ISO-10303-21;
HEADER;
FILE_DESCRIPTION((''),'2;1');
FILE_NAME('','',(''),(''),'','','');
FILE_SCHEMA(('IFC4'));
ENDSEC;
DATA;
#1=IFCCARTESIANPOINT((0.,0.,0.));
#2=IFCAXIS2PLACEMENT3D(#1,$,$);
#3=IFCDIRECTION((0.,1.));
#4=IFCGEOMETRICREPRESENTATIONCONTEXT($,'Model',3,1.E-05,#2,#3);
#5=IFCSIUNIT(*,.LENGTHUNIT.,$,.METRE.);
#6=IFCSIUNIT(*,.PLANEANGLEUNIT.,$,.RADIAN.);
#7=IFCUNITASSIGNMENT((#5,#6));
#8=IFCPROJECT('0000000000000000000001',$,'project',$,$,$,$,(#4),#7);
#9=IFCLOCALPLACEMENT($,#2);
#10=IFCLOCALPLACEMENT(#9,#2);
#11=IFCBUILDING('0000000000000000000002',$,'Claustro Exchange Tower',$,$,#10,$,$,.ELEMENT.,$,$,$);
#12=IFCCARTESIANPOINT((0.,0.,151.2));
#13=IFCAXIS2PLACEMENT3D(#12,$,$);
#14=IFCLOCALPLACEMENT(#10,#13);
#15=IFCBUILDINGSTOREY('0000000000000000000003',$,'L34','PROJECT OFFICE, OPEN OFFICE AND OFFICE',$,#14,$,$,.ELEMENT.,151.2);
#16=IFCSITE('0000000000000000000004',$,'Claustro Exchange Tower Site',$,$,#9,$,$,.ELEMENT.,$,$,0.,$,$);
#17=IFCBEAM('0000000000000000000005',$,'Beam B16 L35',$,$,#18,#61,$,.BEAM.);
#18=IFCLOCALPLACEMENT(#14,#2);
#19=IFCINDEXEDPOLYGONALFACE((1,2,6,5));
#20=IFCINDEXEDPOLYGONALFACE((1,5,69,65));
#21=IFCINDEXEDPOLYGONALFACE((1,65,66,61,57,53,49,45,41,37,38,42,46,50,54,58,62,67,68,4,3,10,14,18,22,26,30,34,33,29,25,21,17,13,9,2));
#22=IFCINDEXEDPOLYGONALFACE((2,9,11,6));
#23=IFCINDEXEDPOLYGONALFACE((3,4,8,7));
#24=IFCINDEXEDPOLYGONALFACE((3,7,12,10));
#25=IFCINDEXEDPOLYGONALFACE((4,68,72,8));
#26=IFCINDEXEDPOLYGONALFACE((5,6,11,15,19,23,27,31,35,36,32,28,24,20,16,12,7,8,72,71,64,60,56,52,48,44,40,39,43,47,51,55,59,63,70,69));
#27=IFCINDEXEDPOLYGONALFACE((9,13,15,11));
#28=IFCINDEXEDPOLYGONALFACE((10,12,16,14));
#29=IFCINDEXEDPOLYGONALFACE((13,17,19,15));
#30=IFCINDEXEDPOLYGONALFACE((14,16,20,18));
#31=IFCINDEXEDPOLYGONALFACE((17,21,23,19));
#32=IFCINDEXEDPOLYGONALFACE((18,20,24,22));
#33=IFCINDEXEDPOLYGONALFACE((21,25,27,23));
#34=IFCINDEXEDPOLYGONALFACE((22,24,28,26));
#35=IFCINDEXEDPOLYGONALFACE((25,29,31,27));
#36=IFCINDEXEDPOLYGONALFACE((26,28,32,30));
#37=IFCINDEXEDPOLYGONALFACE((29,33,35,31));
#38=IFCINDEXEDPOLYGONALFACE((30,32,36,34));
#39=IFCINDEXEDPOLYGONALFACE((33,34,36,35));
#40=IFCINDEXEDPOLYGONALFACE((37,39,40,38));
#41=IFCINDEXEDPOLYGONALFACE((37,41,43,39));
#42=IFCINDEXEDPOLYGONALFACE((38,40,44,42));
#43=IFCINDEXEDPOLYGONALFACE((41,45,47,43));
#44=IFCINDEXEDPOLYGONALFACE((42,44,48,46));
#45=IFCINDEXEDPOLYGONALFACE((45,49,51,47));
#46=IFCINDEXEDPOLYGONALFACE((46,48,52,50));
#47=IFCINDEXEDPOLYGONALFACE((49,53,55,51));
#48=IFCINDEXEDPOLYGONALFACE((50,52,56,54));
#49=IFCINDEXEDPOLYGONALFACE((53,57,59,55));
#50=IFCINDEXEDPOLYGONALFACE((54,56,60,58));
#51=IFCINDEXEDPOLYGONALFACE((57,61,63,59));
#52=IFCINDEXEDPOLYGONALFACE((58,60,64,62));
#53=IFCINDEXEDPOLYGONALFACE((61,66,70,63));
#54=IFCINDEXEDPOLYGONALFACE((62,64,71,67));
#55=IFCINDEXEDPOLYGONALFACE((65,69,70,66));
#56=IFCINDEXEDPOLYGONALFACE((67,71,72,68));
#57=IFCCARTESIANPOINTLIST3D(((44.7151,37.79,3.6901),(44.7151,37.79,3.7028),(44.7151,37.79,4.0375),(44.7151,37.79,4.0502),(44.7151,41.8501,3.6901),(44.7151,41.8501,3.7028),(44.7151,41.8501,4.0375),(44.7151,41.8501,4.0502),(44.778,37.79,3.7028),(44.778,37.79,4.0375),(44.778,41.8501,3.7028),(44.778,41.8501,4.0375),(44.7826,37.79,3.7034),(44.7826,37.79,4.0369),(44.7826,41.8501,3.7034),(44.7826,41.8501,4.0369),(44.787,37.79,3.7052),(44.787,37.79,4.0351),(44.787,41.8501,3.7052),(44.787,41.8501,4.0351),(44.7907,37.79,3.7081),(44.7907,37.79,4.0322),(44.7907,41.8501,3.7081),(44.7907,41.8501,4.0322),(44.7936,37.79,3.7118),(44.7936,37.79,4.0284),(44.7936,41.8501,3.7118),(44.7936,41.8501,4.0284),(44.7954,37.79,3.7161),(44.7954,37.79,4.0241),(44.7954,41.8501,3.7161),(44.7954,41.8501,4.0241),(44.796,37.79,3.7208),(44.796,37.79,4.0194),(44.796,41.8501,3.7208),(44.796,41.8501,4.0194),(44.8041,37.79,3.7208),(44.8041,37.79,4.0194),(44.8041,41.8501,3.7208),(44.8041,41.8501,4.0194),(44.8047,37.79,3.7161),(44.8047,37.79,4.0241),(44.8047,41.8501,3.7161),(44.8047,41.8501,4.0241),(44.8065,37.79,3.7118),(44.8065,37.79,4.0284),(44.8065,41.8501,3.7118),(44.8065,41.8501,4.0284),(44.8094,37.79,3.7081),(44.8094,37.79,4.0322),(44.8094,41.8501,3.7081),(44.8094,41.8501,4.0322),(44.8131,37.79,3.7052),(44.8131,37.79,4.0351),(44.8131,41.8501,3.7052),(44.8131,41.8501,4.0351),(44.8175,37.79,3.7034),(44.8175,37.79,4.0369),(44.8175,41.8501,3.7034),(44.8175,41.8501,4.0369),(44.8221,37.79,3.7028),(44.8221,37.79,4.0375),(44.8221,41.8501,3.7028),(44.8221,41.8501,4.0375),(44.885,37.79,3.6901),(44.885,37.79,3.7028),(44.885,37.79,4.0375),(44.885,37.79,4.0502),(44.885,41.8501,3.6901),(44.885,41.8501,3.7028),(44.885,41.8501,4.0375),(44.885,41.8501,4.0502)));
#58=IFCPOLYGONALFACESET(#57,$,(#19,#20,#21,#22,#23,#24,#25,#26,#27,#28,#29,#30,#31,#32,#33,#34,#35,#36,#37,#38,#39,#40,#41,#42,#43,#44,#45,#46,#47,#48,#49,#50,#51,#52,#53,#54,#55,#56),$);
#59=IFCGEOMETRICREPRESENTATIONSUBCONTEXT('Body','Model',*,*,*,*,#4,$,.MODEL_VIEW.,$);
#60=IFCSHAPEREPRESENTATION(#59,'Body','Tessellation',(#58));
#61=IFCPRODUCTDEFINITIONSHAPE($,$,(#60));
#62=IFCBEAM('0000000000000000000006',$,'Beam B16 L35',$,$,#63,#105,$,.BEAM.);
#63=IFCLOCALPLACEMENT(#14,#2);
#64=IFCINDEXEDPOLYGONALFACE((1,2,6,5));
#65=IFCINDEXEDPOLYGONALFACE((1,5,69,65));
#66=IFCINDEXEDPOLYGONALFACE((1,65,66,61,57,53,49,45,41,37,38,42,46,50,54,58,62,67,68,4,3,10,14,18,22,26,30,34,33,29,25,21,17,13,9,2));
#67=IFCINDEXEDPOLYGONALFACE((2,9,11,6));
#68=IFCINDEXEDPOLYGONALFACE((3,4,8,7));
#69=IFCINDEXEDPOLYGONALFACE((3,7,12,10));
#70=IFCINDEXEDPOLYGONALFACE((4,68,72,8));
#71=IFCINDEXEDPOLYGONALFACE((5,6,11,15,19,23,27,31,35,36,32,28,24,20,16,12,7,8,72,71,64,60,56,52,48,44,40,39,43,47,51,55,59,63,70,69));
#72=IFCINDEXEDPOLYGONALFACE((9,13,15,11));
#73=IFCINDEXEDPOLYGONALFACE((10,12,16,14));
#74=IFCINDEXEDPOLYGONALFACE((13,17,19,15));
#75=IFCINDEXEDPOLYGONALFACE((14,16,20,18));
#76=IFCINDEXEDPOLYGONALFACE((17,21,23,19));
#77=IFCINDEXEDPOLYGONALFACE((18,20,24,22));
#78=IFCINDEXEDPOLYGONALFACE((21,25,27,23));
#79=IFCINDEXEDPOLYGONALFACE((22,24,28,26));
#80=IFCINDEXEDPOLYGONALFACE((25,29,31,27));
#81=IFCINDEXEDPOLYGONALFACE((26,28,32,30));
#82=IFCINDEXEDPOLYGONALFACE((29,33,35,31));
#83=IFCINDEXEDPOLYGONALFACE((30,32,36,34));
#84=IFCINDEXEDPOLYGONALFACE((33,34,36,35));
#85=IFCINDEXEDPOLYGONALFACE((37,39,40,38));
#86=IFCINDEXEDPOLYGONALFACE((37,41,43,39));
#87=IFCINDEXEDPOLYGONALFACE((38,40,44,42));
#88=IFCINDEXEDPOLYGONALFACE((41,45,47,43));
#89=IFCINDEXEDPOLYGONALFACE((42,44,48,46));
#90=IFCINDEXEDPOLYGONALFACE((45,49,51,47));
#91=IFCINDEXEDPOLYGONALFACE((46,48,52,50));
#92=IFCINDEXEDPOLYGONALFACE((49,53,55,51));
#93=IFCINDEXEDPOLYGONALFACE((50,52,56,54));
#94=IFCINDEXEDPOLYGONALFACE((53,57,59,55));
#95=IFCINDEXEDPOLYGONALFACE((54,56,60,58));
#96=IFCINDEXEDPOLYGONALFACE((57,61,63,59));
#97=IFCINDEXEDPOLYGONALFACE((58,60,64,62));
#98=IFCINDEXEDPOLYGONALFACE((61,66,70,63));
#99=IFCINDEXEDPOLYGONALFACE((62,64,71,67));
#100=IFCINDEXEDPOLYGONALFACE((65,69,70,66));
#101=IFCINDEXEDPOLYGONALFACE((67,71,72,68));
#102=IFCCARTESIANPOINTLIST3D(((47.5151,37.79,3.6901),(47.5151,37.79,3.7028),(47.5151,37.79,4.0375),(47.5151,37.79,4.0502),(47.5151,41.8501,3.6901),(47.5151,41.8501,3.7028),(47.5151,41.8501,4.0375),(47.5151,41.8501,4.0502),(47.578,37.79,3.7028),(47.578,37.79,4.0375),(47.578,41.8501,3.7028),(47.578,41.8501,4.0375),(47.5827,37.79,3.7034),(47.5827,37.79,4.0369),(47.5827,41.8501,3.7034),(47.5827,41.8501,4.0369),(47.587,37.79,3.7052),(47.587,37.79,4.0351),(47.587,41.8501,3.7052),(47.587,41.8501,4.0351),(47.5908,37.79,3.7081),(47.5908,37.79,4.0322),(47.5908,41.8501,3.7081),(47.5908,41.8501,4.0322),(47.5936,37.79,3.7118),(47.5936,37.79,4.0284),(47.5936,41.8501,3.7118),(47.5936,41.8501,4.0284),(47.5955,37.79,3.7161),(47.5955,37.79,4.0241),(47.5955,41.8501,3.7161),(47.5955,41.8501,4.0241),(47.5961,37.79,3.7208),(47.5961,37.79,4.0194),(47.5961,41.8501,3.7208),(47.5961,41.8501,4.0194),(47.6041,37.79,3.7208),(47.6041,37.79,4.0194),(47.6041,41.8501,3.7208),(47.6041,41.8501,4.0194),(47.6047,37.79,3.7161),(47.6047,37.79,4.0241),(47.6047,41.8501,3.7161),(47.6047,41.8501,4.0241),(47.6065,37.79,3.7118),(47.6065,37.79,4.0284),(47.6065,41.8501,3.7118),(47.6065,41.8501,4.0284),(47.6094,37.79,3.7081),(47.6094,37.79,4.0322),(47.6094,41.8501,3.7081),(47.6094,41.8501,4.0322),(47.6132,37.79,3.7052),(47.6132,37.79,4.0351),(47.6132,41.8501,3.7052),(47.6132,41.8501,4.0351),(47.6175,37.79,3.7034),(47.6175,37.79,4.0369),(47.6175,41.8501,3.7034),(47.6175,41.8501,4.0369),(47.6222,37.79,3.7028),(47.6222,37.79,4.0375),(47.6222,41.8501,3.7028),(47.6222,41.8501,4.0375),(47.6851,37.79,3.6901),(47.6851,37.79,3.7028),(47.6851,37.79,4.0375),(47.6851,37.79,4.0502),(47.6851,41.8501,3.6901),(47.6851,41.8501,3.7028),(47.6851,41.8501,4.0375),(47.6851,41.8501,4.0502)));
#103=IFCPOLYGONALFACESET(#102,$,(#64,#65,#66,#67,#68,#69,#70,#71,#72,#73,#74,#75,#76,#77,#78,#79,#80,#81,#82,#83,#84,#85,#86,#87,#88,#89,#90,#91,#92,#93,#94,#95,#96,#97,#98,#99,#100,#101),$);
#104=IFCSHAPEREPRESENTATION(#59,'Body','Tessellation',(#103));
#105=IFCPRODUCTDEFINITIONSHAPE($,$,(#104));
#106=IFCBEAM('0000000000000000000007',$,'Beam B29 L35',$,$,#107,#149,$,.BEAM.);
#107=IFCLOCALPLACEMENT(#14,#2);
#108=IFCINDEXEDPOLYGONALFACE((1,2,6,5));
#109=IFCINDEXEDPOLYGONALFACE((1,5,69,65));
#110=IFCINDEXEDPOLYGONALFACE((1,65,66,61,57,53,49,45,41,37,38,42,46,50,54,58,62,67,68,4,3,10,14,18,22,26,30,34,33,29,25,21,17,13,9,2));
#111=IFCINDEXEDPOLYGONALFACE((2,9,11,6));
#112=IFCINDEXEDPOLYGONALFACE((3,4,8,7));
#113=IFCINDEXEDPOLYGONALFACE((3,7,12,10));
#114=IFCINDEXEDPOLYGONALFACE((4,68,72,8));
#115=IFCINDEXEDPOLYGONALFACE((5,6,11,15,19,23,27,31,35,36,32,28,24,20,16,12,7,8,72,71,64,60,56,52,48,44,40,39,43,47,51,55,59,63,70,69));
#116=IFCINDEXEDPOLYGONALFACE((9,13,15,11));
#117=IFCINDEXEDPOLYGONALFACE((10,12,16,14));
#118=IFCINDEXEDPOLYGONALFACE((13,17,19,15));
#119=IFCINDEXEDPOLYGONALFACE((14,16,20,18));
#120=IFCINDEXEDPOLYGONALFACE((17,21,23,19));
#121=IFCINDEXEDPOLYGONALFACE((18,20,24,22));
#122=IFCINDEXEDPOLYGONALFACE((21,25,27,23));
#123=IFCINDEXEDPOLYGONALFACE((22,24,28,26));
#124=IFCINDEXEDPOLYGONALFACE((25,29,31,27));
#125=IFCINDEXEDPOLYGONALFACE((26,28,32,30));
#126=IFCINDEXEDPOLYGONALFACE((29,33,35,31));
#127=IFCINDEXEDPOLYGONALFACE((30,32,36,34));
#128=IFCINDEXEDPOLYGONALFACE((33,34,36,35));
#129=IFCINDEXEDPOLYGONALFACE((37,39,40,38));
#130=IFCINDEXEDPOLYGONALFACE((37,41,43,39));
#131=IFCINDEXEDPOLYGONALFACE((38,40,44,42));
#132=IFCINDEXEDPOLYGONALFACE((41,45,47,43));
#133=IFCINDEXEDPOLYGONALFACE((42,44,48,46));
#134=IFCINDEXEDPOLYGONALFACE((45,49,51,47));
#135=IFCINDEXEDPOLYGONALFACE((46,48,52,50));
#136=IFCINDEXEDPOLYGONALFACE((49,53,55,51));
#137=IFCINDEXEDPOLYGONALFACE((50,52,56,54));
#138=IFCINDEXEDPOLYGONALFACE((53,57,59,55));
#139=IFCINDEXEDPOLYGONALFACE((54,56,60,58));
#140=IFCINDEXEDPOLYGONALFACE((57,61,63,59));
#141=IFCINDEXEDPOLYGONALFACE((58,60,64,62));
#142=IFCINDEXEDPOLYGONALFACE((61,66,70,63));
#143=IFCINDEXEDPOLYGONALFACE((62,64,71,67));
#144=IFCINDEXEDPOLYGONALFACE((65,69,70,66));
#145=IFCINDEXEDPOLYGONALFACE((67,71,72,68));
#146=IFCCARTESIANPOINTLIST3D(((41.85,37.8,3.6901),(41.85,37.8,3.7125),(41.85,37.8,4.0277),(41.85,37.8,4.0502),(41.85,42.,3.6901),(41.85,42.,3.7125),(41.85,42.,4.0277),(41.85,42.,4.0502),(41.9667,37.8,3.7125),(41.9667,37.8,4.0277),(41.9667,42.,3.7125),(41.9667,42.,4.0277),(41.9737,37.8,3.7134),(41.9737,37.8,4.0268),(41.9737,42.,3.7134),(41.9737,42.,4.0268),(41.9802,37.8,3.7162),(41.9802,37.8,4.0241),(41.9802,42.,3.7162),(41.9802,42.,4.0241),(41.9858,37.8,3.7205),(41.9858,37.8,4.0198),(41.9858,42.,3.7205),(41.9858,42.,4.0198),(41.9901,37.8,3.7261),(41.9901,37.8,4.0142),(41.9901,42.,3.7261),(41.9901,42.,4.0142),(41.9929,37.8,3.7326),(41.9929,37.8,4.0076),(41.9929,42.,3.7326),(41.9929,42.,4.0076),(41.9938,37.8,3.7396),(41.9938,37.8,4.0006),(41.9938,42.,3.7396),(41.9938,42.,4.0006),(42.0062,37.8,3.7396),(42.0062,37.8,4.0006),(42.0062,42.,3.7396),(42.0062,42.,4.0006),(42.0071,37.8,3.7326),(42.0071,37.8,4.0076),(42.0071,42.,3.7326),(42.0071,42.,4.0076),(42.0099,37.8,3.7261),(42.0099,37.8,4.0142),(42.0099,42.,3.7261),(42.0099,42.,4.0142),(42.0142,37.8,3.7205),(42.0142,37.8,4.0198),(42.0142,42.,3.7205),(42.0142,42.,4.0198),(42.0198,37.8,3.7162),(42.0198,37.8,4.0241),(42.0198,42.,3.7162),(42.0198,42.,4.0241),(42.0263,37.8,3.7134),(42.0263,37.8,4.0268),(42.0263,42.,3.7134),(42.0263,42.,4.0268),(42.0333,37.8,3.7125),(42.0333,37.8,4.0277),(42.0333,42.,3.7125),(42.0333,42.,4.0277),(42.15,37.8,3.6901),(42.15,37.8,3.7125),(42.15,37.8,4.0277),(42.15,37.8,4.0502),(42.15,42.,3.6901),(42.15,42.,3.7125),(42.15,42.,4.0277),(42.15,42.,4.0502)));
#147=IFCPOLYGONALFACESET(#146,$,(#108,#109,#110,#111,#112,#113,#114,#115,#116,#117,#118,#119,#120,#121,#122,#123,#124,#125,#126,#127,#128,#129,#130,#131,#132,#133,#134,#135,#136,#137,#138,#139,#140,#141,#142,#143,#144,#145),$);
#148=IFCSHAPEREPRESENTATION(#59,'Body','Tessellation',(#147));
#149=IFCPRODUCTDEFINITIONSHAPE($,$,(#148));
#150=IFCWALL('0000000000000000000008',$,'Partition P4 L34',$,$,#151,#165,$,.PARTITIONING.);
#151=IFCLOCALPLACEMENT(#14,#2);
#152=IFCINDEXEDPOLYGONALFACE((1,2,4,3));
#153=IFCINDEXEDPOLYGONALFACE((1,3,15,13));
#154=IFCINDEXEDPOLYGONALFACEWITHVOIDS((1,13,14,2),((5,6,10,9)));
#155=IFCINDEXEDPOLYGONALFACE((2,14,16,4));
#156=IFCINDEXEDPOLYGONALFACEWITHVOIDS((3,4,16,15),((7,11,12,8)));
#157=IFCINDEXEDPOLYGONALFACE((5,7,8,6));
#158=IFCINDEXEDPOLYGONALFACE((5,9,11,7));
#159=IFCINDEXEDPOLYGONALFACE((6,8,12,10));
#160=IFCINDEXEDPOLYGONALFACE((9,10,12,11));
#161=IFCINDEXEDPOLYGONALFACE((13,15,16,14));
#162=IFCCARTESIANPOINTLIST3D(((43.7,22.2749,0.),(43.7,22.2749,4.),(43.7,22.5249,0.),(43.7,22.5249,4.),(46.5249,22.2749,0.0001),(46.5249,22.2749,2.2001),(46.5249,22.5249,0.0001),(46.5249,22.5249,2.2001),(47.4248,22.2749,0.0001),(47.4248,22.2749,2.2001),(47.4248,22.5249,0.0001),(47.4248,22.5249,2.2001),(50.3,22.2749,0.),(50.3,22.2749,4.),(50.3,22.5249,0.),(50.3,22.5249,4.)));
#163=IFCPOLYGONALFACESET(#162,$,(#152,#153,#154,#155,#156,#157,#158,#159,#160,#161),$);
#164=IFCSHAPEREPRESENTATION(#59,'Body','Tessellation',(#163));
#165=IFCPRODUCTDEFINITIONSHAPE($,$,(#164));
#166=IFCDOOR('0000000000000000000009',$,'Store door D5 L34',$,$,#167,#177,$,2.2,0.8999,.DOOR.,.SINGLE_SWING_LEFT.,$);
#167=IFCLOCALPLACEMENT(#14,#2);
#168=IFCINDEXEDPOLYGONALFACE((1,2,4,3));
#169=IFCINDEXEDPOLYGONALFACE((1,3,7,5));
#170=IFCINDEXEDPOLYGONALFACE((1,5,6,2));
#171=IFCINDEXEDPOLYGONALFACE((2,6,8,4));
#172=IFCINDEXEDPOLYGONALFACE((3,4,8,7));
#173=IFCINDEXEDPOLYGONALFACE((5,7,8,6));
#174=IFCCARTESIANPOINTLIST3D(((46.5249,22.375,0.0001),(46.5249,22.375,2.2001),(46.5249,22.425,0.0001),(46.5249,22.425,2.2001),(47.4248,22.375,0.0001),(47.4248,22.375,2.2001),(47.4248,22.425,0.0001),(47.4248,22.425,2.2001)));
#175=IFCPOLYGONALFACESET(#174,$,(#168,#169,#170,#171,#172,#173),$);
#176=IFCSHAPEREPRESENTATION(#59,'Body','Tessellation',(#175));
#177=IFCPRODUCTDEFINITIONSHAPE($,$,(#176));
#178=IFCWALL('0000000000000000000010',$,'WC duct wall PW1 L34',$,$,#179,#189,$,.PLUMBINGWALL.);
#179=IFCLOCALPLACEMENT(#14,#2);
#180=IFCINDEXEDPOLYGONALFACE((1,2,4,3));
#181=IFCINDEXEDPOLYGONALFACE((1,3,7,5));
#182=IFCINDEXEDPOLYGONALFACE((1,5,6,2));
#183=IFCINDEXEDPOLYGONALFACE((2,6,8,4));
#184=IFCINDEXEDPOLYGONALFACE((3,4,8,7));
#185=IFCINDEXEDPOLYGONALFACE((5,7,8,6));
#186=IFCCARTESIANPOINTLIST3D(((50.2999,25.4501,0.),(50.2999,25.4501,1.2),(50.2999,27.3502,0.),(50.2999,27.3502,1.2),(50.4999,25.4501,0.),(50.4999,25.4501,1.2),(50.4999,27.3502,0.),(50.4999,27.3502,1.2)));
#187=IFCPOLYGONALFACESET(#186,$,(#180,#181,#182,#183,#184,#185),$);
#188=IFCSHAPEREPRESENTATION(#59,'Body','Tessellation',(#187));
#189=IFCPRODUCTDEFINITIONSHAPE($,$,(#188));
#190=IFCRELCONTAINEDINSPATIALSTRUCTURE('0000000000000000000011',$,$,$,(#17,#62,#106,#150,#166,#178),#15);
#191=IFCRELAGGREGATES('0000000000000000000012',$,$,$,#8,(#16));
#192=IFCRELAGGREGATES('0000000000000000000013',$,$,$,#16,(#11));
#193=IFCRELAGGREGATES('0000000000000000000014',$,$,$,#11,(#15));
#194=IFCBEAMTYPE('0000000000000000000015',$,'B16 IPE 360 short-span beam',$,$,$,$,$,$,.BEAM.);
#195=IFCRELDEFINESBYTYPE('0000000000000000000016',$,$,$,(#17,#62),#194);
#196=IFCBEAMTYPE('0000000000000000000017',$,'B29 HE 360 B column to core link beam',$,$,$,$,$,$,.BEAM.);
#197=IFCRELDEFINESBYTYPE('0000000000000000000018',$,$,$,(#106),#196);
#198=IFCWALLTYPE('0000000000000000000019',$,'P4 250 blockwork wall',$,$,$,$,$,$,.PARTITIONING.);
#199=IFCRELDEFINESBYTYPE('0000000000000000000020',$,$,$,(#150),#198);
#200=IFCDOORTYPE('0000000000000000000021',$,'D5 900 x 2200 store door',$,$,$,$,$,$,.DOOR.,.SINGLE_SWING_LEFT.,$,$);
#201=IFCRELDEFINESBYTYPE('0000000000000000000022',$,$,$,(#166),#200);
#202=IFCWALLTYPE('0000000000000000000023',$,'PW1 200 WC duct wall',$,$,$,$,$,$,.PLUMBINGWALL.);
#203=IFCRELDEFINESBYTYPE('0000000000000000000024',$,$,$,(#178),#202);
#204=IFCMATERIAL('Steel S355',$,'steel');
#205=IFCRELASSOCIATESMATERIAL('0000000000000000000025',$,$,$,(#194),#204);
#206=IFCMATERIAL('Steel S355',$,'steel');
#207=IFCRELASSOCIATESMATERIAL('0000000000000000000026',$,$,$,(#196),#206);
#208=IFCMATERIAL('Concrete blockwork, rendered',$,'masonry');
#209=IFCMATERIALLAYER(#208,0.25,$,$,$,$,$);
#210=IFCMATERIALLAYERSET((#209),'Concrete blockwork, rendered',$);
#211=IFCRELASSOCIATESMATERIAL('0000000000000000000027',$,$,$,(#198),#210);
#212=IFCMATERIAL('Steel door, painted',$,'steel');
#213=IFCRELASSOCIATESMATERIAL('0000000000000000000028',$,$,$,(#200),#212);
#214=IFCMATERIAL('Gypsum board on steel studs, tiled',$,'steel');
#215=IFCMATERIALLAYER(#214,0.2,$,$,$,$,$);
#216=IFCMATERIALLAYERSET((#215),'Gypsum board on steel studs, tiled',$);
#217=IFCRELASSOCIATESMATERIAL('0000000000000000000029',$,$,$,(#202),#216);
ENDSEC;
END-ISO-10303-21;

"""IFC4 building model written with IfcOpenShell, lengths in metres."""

from ifc_helpers import new_model, si_unit, direction, frame, frame_2d, origin, origin_2d, place, context, subcontext, project, spatial, rectangle, i_section, extrude, material, layer, layer_set, material_profile, profile_set, type_object, element, fill, save


model = new_model("IFC4")

# Units and contexts
model_context = context("Model", 3, precision=1e-05, world=origin(), true_north=direction((0.0, 1.0)))
body_context = subcontext(model_context, "Body", "Model", "MODEL_VIEW")
ifc_project = project(units=[si_unit("LENGTHUNIT", "METRE"), si_unit("PLANEANGLEUNIT", "RADIAN")], contexts=[model_context])

# Site, building, storey
site_placement = place(None, origin())
site = spatial("IfcSite", under=ifc_project, at=site_placement, Name="Claustro Exchange Tower Site", CompositionType="ELEMENT", RefElevation=0.0)
building_placement = place(site_placement, origin())
building = spatial("IfcBuilding", under=site, at=building_placement, Name="Claustro Exchange Tower", CompositionType="ELEMENT")
storey_placement = place(building_placement, frame((0.0, 0.0, 151.2)))
storey = spatial("IfcBuildingStorey", under=building, at=storey_placement, Name="L34", Description="PROJECT OFFICE, OPEN OFFICE AND OFFICE", CompositionType="ELEMENT", Elevation=151.2)

# Beams
ifc_material_1 = material(Name="Steel S355", Category="steel")
ifc_material_profile_1 = material_profile(ifc_material_1, i_section(OverallWidth=0.1699, OverallDepth=0.3601, WebThickness=0.0081, FlangeThickness=0.0127, FilletRadius=0.0181, at=origin_2d()), Name="IPE 360")
ifc_profile_set_1 = profile_set([ifc_material_profile_1], Name="Steel S355")
beam_type_1 = type_object("IfcBeamType", Name="B16 IPE 360 short-span beam", PredefinedType="BEAM", material=ifc_profile_set_1)
for number, where, z_axis, x_axis, name in (
    (1, (44.8, 37.79, 3.8701), (0.0, 1.0, 0.0), (-1.0, 0.0, 0.0), "Beam B16 L35"),
    (2, (47.6001, 37.79, 3.8701), (0.0, 1.0, 0.0), (-1.0, 0.0, 0.0), "Beam B16 L35"),
):
    element("IfcBeam", number, at=place(storey_placement, frame(where, z_axis=z_axis, x_axis=x_axis)), inside=storey, type_object=beam_type_1, Name=name, PredefinedType="BEAM", context=body_context, shape_type="SweptSolid", body=[
        extrude(i_section(OverallWidth=0.1699, OverallDepth=0.3601, WebThickness=0.0081, FlangeThickness=0.0127, FilletRadius=0.0181, at=origin_2d()), origin(), (0.0, 0.0, 1.0), 4.0601),
    ])
ifc_material_2 = material(Name="Steel S355", Category="steel")
ifc_material_profile_2 = material_profile(ifc_material_2, i_section(OverallWidth=0.3, OverallDepth=0.3601, WebThickness=0.0125, FlangeThickness=0.0225, FilletRadius=0.0271, at=origin_2d()), Name="HE 360 B")
ifc_profile_set_2 = profile_set([ifc_material_profile_2], Name="Steel S355")
beam_type_2 = type_object("IfcBeamType", Name="B29 HE 360 B column to core link beam", PredefinedType="BEAM", material=ifc_profile_set_2)
beam_placement = place(storey_placement, frame((42.0, 37.8, 3.8701), z_axis=(0.0, 1.0, 0.0), x_axis=(-1.0, 0.0, 0.0)))
element("IfcBeam", 3, at=beam_placement, inside=storey, type_object=beam_type_2, Name="Beam B29 L35", PredefinedType="BEAM", context=body_context, shape_type="SweptSolid", body=[
    extrude(i_section(OverallWidth=0.3, OverallDepth=0.3601, WebThickness=0.0125, FlangeThickness=0.0225, FilletRadius=0.0271, at=origin_2d()), origin(), (0.0, 0.0, 1.0), 4.2),
])

# Wall, opening, door
ifc_material_3 = material(Name="Concrete blockwork, rendered", Category="masonry")
ifc_layer_1 = layer(ifc_material_3, 0.25)
ifc_layer_set_1 = layer_set([ifc_layer_1], Name="Concrete blockwork, rendered")
wall_type_1 = type_object("IfcWallType", Name="P4 250 blockwork wall", PredefinedType="PARTITIONING", material=ifc_layer_set_1)
wall_1_placement = place(storey_placement, frame((43.7, 22.3999, 0.0), z_axis=(0.0, 0.0, 1.0), x_axis=(1.0, 0.0, 0.0)))
wall_1 = element("IfcWall", 4, at=wall_1_placement, inside=storey, type_object=wall_type_1, Name="Partition P4 L34", PredefinedType="PARTITIONING", context=body_context, shape_type="SweptSolid", body=[
    extrude(rectangle(XDim=6.6001, YDim=0.25, at=frame_2d((3.3, 0.0))), origin(), (0.0, 0.0, 1.0), 4.0),
])
opening_placement = place(wall_1_placement, frame((2.825, 0.0, 0.0)))
opening = element("IfcOpeningElement", 5, at=opening_placement, cuts=wall_1, PredefinedType="OPENING", context=body_context, shape_type="SweptSolid", body=[
    extrude(rectangle(XDim=0.8999, YDim=2.2, at=frame_2d((0.45, 1.1001))), frame((0.0, 0.135, 0.0), z_axis=(0.0, -1.0, 0.0), x_axis=(1.0, 0.0, 0.0)), (0.0, 0.0, 1.0), 0.27),
])
ifc_material_4 = material(Name="Steel door, painted", Category="steel")
door_type = type_object("IfcDoorType", Name="D5 900 x 2200 store door", OperationType="SINGLE_SWING_LEFT", PredefinedType="DOOR", material=ifc_material_4)
door_placement = place(opening_placement, frame((0.8999, 0.0, 0.0), z_axis=(0.0, 0.0, 1.0), x_axis=(-1.0, 0.0, 0.0)))
door = element("IfcDoor", 6, at=door_placement, inside=storey, type_object=door_type, Name="Store door D5 L34", OperationType="SINGLE_SWING_LEFT", OverallHeight=2.2, OverallWidth=0.8999, PredefinedType="DOOR", context=body_context, shape_type="SweptSolid", body=[
    extrude(rectangle(XDim=0.8999, YDim=2.2, at=frame_2d((0.45, 1.1001))), frame((0.0, 0.0249, 0.0), z_axis=(0.0, -1.0, 0.0), x_axis=(1.0, 0.0, 0.0)), (0.0, 0.0, 1.0), 0.05),
])
fill(opening, door)

# Wall
ifc_material_5 = material(Name="Gypsum board on steel studs, tiled", Category="steel")
ifc_layer_2 = layer(ifc_material_5, 0.2)
ifc_layer_set_2 = layer_set([ifc_layer_2], Name="Gypsum board on steel studs, tiled")
wall_type_2 = type_object("IfcWallType", Name="PW1 200 WC duct wall", PredefinedType="PLUMBINGWALL", material=ifc_layer_set_2)
wall_2_placement = place(storey_placement, frame((50.3999, 25.45, 0.0), z_axis=(0.0, 0.0, 1.0), x_axis=(0.0, 1.0, 0.0)))
element("IfcWall", 7, at=wall_2_placement, inside=storey, type_object=wall_type_2, Name="WC duct wall PW1 L34", PredefinedType="PLUMBINGWALL", context=body_context, shape_type="SweptSolid", body=[
    extrude(rectangle(XDim=1.9001, YDim=0.2, at=frame_2d((0.9502, 0.0))), origin(), (0.0, 0.0, 1.0), 1.2),
])

save(model, "model.ifc")
